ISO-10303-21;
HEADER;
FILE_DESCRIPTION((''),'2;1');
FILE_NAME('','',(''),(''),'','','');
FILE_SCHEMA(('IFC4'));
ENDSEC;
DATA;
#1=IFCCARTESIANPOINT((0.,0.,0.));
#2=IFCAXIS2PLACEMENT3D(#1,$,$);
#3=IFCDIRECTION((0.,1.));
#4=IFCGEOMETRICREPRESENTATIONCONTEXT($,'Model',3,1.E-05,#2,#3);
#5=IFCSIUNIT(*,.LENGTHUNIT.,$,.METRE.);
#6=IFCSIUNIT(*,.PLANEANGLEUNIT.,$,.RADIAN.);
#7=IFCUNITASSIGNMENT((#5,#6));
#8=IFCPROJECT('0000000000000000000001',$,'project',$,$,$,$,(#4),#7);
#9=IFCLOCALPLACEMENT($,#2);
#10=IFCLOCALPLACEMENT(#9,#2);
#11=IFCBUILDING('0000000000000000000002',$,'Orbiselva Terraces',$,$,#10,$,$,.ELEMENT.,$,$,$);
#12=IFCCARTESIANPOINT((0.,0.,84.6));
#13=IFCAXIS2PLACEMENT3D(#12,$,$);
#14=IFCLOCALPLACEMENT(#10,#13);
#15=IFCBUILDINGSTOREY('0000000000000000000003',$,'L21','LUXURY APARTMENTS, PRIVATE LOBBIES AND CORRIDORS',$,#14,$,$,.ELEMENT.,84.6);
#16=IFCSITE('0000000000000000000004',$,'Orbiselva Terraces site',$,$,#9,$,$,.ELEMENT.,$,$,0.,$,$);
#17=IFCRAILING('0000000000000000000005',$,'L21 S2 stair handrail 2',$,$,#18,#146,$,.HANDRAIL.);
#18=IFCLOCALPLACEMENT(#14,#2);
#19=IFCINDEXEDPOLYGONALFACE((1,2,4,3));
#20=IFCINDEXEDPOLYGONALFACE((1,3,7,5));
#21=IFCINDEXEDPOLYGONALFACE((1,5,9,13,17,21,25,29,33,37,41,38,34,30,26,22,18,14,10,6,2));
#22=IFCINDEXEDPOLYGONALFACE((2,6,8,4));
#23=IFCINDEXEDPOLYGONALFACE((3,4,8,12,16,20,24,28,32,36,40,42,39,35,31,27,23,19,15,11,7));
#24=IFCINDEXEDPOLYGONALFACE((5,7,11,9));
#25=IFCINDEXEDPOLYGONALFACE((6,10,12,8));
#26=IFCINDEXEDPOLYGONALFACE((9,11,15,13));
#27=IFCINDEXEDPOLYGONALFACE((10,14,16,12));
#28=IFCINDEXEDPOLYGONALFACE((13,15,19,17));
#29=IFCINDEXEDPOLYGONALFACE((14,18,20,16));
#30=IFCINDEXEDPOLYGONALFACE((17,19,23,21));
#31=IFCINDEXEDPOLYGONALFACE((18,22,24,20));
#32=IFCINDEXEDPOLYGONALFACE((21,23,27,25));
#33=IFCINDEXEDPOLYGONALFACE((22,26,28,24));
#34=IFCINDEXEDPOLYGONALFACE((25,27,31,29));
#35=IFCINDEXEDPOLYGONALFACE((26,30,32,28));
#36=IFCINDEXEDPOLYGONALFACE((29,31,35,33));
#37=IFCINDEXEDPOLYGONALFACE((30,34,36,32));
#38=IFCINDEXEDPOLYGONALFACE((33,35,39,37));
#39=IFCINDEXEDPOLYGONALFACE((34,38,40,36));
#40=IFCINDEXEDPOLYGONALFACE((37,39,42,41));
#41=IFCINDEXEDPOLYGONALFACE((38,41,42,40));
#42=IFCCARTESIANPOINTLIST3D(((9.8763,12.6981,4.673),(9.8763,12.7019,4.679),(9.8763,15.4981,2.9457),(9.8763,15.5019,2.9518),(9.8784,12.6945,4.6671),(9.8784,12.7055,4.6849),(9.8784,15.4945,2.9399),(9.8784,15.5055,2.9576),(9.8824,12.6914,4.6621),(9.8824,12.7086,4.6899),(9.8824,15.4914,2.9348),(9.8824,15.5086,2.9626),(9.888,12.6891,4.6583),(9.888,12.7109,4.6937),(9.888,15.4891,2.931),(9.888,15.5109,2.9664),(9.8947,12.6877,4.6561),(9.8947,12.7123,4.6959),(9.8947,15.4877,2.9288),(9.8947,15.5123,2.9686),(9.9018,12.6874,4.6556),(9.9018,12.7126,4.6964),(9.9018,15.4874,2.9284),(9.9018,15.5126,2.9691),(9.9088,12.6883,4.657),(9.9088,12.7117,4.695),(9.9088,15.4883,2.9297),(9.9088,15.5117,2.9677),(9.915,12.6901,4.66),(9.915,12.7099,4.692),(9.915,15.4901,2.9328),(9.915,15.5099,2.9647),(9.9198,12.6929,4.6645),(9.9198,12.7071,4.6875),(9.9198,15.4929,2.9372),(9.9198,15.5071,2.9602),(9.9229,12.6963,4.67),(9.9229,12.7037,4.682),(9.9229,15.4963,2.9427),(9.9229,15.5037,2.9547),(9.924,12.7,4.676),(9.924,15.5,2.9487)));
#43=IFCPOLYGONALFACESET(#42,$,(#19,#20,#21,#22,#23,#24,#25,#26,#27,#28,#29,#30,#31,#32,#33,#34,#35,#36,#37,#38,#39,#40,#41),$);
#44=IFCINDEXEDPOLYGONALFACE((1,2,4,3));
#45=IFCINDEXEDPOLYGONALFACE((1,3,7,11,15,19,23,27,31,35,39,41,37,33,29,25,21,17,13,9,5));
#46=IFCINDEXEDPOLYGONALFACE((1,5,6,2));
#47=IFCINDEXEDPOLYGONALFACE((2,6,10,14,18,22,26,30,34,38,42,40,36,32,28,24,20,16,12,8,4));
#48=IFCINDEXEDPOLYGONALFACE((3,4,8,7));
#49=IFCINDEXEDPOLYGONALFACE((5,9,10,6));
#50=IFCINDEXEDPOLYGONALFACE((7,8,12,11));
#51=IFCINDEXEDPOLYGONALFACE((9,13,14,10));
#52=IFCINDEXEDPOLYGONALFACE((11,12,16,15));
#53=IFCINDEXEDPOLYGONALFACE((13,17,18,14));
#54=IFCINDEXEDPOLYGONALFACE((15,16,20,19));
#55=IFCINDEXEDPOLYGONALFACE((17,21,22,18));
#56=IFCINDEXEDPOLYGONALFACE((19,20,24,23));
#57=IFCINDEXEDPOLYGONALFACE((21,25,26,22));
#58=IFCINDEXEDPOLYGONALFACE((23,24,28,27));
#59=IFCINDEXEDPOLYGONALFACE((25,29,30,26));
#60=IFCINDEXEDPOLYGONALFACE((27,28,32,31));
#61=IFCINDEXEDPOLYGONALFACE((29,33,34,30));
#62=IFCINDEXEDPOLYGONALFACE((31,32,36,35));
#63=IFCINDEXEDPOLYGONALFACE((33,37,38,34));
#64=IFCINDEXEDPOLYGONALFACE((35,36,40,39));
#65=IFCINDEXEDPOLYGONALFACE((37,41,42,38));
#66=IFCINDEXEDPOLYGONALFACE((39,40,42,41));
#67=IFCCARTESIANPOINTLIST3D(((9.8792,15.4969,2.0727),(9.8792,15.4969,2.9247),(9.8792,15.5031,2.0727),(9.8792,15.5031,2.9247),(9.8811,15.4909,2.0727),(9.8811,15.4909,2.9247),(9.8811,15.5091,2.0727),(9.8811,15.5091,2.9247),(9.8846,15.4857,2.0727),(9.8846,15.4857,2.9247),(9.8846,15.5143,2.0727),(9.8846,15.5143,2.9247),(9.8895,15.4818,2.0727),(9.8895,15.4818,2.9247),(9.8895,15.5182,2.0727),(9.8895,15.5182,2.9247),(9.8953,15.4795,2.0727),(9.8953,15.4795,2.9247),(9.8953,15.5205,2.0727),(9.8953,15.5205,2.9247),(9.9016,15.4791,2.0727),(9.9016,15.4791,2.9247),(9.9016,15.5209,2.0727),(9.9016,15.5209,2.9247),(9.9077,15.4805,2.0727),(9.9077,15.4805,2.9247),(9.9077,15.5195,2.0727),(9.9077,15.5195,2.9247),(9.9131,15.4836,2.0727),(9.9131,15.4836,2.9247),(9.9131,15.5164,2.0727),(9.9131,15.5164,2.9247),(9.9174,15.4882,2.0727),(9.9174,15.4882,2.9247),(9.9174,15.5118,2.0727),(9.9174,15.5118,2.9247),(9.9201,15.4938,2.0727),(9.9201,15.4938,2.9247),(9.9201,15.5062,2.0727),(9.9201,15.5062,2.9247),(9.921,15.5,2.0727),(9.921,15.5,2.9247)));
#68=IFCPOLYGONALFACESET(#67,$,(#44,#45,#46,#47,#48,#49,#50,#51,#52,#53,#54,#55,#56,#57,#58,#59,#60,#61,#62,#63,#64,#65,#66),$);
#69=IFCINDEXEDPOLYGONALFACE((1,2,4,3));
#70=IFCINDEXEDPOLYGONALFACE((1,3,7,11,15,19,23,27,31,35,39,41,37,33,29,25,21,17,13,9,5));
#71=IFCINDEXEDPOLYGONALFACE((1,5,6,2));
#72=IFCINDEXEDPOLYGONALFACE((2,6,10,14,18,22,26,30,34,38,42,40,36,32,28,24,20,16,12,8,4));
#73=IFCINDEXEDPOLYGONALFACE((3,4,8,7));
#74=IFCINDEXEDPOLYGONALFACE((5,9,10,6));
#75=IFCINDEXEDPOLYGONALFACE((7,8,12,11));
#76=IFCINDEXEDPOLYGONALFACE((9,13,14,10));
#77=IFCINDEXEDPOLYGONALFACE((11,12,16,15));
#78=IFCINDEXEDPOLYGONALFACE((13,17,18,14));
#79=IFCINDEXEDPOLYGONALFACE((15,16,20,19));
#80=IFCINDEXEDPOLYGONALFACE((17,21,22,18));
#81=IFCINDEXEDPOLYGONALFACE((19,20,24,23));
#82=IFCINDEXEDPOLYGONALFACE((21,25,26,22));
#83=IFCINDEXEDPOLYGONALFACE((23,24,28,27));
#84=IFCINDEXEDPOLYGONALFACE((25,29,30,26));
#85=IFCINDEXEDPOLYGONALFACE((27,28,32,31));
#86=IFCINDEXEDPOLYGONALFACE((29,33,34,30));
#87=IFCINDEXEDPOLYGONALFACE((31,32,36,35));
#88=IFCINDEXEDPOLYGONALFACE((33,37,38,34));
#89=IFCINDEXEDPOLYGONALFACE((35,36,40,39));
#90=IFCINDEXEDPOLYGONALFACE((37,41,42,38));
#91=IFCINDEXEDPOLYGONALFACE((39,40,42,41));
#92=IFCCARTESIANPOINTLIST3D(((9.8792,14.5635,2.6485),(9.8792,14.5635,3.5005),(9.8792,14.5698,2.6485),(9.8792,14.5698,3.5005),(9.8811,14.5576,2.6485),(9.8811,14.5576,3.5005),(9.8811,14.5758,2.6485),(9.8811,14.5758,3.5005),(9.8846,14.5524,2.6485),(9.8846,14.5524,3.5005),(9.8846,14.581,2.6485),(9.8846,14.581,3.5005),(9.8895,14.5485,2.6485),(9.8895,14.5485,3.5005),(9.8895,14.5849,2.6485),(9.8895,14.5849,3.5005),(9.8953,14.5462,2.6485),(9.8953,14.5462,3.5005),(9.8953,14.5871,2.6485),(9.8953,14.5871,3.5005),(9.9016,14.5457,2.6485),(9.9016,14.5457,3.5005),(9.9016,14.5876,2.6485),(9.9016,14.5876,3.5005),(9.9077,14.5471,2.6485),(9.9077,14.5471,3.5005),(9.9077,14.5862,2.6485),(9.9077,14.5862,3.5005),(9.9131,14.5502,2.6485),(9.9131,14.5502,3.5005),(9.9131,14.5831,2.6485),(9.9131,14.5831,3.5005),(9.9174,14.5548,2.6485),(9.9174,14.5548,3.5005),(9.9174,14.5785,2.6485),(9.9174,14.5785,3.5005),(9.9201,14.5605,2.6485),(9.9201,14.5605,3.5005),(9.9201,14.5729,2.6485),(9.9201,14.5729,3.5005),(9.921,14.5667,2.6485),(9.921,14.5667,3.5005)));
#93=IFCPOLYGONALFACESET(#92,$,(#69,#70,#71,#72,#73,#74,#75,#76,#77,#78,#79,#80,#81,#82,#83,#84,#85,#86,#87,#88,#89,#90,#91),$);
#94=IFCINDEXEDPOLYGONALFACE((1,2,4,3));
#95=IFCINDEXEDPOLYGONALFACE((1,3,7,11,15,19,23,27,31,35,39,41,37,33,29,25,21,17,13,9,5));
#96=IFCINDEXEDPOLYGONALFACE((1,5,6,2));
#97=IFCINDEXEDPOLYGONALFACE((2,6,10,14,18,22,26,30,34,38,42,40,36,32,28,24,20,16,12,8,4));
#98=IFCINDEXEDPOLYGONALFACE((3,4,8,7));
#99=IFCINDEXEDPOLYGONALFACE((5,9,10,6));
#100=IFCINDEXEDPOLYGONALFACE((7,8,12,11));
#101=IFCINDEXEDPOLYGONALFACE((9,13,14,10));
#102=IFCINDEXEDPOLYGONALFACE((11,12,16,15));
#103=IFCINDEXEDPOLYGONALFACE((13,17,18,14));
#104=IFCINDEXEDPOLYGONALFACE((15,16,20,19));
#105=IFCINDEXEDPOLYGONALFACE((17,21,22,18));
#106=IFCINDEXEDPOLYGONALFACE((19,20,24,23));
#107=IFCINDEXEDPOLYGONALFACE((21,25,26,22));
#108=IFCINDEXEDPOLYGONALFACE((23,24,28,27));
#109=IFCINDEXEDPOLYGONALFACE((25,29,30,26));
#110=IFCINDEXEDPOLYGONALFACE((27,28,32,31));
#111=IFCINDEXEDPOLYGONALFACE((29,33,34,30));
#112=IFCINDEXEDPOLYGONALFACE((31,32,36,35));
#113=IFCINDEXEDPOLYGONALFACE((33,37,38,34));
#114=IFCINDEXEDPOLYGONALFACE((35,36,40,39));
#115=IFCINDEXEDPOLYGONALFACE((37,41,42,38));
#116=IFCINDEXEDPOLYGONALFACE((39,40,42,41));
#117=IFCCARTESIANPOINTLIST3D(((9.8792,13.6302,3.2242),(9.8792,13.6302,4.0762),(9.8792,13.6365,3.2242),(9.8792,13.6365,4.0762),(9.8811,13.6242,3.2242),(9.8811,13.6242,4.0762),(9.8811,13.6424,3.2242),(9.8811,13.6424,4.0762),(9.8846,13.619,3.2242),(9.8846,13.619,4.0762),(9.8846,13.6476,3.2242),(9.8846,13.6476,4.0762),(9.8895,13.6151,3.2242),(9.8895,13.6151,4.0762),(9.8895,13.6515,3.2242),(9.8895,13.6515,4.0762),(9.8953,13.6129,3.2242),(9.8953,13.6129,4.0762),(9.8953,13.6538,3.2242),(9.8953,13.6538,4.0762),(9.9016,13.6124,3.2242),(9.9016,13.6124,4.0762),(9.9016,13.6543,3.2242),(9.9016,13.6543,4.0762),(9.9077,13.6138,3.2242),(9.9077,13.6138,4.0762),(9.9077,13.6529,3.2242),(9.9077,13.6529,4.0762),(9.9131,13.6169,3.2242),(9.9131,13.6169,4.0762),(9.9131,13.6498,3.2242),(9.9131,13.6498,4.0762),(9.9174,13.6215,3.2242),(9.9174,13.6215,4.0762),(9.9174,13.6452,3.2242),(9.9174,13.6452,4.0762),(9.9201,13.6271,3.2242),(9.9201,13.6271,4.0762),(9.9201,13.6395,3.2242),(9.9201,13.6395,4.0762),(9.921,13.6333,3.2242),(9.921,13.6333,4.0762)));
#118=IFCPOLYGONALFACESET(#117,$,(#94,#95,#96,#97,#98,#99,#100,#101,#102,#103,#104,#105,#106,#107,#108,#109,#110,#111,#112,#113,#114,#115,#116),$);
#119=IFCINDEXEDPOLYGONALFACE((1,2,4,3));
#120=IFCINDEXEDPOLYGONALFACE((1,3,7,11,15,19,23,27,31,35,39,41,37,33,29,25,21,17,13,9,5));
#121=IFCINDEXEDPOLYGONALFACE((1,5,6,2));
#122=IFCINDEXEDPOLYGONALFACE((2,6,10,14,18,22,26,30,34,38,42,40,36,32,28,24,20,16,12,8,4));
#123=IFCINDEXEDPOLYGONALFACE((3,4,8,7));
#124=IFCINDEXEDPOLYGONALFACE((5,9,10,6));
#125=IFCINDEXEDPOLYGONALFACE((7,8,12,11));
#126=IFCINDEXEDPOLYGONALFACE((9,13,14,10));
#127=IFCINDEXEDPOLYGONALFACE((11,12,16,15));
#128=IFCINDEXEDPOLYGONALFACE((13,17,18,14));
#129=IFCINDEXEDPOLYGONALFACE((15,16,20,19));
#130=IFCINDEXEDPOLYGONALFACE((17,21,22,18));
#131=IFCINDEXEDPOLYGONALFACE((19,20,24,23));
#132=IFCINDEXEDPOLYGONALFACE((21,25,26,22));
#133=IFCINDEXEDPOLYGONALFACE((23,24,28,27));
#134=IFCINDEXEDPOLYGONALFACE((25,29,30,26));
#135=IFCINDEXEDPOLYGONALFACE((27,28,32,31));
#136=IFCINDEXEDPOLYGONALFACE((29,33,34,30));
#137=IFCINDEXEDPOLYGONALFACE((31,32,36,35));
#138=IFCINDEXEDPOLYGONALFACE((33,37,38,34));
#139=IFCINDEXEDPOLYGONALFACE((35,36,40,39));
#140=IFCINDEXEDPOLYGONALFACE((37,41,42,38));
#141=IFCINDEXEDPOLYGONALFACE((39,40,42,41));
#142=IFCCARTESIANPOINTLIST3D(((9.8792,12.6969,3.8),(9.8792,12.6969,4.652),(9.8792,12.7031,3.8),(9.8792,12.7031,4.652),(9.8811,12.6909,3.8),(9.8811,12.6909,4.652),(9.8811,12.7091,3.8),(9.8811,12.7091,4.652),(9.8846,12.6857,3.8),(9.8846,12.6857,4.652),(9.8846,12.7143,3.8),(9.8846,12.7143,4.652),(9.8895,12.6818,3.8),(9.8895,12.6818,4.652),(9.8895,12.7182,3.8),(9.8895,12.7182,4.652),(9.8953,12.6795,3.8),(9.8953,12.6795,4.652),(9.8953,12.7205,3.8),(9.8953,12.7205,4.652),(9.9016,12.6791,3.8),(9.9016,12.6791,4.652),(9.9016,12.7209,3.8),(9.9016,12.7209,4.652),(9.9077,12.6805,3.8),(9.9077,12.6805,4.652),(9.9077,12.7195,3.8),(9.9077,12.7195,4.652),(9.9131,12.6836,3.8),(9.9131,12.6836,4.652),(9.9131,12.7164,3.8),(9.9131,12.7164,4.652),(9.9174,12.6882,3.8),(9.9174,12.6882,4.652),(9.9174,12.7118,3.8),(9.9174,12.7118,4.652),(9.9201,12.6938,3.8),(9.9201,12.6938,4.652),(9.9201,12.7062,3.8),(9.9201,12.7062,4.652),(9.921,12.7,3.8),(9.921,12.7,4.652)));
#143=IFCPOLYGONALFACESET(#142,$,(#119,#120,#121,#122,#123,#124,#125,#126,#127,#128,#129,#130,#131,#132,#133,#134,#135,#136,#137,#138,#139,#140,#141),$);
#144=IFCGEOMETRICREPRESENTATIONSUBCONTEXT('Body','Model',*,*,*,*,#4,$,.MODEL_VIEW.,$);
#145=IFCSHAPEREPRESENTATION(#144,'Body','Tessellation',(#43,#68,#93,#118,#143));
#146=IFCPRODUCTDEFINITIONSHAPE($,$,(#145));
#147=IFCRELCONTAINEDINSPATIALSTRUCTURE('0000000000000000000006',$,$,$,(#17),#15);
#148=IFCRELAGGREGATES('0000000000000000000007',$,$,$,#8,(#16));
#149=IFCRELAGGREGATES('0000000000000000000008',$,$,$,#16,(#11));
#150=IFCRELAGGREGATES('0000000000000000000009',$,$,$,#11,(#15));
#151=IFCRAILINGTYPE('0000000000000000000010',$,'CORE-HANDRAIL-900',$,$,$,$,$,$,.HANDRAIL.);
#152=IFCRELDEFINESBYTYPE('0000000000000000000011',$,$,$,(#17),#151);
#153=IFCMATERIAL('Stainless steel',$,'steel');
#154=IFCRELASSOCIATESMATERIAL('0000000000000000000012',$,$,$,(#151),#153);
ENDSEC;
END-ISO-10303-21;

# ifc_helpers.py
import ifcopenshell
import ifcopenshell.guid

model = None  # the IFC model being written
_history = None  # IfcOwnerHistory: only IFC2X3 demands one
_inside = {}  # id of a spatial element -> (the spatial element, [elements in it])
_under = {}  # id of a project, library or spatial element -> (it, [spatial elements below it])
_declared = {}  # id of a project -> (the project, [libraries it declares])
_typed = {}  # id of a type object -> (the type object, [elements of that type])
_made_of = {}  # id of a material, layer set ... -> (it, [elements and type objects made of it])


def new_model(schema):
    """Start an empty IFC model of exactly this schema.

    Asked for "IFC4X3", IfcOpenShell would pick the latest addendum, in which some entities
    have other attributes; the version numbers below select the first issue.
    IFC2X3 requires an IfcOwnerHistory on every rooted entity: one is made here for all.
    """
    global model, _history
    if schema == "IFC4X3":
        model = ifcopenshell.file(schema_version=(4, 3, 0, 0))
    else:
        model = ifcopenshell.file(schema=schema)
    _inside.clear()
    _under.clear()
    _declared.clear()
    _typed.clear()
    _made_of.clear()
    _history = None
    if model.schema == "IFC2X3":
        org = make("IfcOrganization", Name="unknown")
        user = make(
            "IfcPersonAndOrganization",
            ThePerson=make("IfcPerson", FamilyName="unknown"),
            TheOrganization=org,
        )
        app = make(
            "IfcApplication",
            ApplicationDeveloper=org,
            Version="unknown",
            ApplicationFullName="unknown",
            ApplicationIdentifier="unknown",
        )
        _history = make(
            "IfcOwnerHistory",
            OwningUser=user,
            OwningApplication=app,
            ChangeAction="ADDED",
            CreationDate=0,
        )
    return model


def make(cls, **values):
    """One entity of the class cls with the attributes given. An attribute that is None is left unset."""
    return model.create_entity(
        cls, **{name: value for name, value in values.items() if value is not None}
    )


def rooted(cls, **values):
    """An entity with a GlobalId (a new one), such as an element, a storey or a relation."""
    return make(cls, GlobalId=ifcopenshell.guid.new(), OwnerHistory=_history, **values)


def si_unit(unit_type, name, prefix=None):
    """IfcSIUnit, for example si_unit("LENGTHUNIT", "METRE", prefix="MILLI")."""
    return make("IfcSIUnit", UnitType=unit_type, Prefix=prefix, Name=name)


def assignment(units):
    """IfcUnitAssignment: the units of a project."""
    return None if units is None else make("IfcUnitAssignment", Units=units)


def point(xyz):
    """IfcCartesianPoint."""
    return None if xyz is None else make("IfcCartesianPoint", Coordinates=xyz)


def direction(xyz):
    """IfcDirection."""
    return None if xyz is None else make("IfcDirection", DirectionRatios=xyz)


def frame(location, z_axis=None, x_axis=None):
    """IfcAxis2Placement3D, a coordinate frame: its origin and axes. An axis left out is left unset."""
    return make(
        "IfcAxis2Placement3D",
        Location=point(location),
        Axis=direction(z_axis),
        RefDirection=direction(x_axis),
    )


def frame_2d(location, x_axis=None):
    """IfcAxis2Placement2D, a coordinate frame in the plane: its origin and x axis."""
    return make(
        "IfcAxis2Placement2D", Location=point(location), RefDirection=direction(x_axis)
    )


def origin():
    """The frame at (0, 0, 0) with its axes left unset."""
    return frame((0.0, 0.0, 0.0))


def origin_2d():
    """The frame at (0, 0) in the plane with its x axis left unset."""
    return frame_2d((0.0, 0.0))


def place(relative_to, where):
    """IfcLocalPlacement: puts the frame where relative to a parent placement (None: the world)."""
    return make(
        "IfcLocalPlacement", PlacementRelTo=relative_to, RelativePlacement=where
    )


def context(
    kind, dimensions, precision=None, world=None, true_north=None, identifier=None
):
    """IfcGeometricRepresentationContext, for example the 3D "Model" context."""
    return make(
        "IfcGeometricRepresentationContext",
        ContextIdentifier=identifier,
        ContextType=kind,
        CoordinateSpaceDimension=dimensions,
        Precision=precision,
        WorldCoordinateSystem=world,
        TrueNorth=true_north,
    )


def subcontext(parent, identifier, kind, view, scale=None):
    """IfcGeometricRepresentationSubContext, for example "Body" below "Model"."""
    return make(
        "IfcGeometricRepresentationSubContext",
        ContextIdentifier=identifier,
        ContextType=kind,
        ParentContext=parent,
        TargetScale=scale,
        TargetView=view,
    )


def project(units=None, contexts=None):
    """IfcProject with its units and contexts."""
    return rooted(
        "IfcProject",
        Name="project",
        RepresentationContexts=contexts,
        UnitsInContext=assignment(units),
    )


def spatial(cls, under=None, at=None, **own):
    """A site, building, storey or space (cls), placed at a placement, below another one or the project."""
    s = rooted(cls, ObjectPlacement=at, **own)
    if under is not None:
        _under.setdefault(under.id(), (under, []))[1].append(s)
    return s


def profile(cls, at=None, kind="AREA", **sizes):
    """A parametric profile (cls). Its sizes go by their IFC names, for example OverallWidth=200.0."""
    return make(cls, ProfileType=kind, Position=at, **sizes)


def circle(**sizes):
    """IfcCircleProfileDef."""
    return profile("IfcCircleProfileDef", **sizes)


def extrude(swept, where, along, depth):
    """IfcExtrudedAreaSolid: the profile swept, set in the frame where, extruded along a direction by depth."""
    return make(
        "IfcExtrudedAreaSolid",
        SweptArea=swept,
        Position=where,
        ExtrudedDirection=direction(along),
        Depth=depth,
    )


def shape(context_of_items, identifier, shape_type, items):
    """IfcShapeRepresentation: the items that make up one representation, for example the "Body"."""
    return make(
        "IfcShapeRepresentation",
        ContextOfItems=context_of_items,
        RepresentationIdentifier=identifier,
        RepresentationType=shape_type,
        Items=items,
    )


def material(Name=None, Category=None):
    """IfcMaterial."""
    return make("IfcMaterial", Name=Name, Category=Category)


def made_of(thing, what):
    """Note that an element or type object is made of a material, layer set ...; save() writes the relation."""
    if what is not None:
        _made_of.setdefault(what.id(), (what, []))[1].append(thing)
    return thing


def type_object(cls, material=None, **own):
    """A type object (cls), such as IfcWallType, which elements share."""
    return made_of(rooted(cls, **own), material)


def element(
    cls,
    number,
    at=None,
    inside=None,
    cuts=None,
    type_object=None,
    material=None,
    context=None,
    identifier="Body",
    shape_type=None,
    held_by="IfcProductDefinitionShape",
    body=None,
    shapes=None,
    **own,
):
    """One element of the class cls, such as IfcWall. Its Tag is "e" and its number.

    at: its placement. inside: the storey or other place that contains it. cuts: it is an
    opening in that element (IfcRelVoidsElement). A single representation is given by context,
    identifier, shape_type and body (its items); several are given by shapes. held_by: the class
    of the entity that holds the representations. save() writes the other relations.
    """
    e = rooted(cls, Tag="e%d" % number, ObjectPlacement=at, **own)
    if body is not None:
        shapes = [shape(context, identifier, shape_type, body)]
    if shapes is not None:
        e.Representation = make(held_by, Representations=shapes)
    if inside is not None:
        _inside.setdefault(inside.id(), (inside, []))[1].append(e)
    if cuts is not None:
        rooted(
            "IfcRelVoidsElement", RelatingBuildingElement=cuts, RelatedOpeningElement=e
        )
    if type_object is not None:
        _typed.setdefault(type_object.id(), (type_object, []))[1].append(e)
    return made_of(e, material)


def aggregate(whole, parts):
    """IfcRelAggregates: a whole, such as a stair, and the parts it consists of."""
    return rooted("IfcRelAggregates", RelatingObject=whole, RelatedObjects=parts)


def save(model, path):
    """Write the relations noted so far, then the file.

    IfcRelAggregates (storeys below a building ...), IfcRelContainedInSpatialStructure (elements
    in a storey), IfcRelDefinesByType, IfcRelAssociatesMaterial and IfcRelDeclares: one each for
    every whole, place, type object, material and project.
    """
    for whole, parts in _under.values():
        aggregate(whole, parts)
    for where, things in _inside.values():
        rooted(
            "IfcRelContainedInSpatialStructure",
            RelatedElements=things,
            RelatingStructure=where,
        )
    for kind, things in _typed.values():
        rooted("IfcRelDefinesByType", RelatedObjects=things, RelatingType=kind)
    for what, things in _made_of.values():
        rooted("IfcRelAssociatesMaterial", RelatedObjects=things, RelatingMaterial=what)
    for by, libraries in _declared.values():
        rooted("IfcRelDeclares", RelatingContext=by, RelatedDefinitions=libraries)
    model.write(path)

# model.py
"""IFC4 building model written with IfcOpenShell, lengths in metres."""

from ifc_helpers import new_model, si_unit, direction, frame, origin, origin_2d, place, context, subcontext, project, spatial, circle, extrude, material, type_object, element, save


model = new_model("IFC4")

# Units and contexts
model_context = context("Model", 3, precision=1e-05, world=origin(), true_north=direction((0.0, 1.0)))
body_context = subcontext(model_context, "Body", "Model", "MODEL_VIEW")
ifc_project = project(units=[si_unit("LENGTHUNIT", "METRE"), si_unit("PLANEANGLEUNIT", "RADIAN")], contexts=[model_context])

# Site, building, storey
site_placement = place(None, origin())
site = spatial("IfcSite", under=ifc_project, at=site_placement, Name="Orbiselva Terraces site", CompositionType="ELEMENT", RefElevation=0.0)
building_placement = place(site_placement, origin())
building = spatial("IfcBuilding", under=site, at=building_placement, Name="Orbiselva Terraces", CompositionType="ELEMENT")
storey_placement = place(building_placement, frame((0.0, 0.0, 84.6)))
storey = spatial("IfcBuildingStorey", under=building, at=storey_placement, Name="L21", Description="LUXURY APARTMENTS, PRIVATE LOBBIES AND CORRIDORS", CompositionType="ELEMENT", Elevation=84.6)

# Railing
ifc_material_1 = material(Name="Stainless steel", Category="steel")
railing_type_1 = type_object("IfcRailingType", Name="CORE-HANDRAIL-900", PredefinedType="HANDRAIL", material=ifc_material_1)
railing_1_placement = place(storey_placement, frame((9.9, 15.5, 2.0727)))
element("IfcRailing", 1, at=railing_1_placement, inside=storey, type_object=railing_type_1, Name="L21 S2 stair handrail 2", PredefinedType="HANDRAIL", context=body_context, shape_type="SweptSolid", body=[
    extrude(circle(Radius=0.024, at=origin_2d()), frame((0.0, 0.0, 0.876), z_axis=(0.0, -0.851089, 0.525022), x_axis=(1.0, 0.0, 0.0)), (0.0, 0.0, 1.0), 3.2899),
    extrude(circle(Radius=0.021, at=origin_2d()), origin(), (0.0, 0.0, 1.0), 0.852),
    extrude(circle(Radius=0.021, at=origin_2d()), frame((0.0, -0.9333, 0.5758)), (0.0, 0.0, 1.0), 0.852),
    extrude(circle(Radius=0.021, at=origin_2d()), frame((0.0, -1.8667, 1.1515)), (0.0, 0.0, 1.0), 0.852),
    extrude(circle(Radius=0.021, at=origin_2d()), frame((0.0, -2.8, 1.7273)), (0.0, 0.0, 1.0), 0.852),
])

save(model, "model.ifc")
